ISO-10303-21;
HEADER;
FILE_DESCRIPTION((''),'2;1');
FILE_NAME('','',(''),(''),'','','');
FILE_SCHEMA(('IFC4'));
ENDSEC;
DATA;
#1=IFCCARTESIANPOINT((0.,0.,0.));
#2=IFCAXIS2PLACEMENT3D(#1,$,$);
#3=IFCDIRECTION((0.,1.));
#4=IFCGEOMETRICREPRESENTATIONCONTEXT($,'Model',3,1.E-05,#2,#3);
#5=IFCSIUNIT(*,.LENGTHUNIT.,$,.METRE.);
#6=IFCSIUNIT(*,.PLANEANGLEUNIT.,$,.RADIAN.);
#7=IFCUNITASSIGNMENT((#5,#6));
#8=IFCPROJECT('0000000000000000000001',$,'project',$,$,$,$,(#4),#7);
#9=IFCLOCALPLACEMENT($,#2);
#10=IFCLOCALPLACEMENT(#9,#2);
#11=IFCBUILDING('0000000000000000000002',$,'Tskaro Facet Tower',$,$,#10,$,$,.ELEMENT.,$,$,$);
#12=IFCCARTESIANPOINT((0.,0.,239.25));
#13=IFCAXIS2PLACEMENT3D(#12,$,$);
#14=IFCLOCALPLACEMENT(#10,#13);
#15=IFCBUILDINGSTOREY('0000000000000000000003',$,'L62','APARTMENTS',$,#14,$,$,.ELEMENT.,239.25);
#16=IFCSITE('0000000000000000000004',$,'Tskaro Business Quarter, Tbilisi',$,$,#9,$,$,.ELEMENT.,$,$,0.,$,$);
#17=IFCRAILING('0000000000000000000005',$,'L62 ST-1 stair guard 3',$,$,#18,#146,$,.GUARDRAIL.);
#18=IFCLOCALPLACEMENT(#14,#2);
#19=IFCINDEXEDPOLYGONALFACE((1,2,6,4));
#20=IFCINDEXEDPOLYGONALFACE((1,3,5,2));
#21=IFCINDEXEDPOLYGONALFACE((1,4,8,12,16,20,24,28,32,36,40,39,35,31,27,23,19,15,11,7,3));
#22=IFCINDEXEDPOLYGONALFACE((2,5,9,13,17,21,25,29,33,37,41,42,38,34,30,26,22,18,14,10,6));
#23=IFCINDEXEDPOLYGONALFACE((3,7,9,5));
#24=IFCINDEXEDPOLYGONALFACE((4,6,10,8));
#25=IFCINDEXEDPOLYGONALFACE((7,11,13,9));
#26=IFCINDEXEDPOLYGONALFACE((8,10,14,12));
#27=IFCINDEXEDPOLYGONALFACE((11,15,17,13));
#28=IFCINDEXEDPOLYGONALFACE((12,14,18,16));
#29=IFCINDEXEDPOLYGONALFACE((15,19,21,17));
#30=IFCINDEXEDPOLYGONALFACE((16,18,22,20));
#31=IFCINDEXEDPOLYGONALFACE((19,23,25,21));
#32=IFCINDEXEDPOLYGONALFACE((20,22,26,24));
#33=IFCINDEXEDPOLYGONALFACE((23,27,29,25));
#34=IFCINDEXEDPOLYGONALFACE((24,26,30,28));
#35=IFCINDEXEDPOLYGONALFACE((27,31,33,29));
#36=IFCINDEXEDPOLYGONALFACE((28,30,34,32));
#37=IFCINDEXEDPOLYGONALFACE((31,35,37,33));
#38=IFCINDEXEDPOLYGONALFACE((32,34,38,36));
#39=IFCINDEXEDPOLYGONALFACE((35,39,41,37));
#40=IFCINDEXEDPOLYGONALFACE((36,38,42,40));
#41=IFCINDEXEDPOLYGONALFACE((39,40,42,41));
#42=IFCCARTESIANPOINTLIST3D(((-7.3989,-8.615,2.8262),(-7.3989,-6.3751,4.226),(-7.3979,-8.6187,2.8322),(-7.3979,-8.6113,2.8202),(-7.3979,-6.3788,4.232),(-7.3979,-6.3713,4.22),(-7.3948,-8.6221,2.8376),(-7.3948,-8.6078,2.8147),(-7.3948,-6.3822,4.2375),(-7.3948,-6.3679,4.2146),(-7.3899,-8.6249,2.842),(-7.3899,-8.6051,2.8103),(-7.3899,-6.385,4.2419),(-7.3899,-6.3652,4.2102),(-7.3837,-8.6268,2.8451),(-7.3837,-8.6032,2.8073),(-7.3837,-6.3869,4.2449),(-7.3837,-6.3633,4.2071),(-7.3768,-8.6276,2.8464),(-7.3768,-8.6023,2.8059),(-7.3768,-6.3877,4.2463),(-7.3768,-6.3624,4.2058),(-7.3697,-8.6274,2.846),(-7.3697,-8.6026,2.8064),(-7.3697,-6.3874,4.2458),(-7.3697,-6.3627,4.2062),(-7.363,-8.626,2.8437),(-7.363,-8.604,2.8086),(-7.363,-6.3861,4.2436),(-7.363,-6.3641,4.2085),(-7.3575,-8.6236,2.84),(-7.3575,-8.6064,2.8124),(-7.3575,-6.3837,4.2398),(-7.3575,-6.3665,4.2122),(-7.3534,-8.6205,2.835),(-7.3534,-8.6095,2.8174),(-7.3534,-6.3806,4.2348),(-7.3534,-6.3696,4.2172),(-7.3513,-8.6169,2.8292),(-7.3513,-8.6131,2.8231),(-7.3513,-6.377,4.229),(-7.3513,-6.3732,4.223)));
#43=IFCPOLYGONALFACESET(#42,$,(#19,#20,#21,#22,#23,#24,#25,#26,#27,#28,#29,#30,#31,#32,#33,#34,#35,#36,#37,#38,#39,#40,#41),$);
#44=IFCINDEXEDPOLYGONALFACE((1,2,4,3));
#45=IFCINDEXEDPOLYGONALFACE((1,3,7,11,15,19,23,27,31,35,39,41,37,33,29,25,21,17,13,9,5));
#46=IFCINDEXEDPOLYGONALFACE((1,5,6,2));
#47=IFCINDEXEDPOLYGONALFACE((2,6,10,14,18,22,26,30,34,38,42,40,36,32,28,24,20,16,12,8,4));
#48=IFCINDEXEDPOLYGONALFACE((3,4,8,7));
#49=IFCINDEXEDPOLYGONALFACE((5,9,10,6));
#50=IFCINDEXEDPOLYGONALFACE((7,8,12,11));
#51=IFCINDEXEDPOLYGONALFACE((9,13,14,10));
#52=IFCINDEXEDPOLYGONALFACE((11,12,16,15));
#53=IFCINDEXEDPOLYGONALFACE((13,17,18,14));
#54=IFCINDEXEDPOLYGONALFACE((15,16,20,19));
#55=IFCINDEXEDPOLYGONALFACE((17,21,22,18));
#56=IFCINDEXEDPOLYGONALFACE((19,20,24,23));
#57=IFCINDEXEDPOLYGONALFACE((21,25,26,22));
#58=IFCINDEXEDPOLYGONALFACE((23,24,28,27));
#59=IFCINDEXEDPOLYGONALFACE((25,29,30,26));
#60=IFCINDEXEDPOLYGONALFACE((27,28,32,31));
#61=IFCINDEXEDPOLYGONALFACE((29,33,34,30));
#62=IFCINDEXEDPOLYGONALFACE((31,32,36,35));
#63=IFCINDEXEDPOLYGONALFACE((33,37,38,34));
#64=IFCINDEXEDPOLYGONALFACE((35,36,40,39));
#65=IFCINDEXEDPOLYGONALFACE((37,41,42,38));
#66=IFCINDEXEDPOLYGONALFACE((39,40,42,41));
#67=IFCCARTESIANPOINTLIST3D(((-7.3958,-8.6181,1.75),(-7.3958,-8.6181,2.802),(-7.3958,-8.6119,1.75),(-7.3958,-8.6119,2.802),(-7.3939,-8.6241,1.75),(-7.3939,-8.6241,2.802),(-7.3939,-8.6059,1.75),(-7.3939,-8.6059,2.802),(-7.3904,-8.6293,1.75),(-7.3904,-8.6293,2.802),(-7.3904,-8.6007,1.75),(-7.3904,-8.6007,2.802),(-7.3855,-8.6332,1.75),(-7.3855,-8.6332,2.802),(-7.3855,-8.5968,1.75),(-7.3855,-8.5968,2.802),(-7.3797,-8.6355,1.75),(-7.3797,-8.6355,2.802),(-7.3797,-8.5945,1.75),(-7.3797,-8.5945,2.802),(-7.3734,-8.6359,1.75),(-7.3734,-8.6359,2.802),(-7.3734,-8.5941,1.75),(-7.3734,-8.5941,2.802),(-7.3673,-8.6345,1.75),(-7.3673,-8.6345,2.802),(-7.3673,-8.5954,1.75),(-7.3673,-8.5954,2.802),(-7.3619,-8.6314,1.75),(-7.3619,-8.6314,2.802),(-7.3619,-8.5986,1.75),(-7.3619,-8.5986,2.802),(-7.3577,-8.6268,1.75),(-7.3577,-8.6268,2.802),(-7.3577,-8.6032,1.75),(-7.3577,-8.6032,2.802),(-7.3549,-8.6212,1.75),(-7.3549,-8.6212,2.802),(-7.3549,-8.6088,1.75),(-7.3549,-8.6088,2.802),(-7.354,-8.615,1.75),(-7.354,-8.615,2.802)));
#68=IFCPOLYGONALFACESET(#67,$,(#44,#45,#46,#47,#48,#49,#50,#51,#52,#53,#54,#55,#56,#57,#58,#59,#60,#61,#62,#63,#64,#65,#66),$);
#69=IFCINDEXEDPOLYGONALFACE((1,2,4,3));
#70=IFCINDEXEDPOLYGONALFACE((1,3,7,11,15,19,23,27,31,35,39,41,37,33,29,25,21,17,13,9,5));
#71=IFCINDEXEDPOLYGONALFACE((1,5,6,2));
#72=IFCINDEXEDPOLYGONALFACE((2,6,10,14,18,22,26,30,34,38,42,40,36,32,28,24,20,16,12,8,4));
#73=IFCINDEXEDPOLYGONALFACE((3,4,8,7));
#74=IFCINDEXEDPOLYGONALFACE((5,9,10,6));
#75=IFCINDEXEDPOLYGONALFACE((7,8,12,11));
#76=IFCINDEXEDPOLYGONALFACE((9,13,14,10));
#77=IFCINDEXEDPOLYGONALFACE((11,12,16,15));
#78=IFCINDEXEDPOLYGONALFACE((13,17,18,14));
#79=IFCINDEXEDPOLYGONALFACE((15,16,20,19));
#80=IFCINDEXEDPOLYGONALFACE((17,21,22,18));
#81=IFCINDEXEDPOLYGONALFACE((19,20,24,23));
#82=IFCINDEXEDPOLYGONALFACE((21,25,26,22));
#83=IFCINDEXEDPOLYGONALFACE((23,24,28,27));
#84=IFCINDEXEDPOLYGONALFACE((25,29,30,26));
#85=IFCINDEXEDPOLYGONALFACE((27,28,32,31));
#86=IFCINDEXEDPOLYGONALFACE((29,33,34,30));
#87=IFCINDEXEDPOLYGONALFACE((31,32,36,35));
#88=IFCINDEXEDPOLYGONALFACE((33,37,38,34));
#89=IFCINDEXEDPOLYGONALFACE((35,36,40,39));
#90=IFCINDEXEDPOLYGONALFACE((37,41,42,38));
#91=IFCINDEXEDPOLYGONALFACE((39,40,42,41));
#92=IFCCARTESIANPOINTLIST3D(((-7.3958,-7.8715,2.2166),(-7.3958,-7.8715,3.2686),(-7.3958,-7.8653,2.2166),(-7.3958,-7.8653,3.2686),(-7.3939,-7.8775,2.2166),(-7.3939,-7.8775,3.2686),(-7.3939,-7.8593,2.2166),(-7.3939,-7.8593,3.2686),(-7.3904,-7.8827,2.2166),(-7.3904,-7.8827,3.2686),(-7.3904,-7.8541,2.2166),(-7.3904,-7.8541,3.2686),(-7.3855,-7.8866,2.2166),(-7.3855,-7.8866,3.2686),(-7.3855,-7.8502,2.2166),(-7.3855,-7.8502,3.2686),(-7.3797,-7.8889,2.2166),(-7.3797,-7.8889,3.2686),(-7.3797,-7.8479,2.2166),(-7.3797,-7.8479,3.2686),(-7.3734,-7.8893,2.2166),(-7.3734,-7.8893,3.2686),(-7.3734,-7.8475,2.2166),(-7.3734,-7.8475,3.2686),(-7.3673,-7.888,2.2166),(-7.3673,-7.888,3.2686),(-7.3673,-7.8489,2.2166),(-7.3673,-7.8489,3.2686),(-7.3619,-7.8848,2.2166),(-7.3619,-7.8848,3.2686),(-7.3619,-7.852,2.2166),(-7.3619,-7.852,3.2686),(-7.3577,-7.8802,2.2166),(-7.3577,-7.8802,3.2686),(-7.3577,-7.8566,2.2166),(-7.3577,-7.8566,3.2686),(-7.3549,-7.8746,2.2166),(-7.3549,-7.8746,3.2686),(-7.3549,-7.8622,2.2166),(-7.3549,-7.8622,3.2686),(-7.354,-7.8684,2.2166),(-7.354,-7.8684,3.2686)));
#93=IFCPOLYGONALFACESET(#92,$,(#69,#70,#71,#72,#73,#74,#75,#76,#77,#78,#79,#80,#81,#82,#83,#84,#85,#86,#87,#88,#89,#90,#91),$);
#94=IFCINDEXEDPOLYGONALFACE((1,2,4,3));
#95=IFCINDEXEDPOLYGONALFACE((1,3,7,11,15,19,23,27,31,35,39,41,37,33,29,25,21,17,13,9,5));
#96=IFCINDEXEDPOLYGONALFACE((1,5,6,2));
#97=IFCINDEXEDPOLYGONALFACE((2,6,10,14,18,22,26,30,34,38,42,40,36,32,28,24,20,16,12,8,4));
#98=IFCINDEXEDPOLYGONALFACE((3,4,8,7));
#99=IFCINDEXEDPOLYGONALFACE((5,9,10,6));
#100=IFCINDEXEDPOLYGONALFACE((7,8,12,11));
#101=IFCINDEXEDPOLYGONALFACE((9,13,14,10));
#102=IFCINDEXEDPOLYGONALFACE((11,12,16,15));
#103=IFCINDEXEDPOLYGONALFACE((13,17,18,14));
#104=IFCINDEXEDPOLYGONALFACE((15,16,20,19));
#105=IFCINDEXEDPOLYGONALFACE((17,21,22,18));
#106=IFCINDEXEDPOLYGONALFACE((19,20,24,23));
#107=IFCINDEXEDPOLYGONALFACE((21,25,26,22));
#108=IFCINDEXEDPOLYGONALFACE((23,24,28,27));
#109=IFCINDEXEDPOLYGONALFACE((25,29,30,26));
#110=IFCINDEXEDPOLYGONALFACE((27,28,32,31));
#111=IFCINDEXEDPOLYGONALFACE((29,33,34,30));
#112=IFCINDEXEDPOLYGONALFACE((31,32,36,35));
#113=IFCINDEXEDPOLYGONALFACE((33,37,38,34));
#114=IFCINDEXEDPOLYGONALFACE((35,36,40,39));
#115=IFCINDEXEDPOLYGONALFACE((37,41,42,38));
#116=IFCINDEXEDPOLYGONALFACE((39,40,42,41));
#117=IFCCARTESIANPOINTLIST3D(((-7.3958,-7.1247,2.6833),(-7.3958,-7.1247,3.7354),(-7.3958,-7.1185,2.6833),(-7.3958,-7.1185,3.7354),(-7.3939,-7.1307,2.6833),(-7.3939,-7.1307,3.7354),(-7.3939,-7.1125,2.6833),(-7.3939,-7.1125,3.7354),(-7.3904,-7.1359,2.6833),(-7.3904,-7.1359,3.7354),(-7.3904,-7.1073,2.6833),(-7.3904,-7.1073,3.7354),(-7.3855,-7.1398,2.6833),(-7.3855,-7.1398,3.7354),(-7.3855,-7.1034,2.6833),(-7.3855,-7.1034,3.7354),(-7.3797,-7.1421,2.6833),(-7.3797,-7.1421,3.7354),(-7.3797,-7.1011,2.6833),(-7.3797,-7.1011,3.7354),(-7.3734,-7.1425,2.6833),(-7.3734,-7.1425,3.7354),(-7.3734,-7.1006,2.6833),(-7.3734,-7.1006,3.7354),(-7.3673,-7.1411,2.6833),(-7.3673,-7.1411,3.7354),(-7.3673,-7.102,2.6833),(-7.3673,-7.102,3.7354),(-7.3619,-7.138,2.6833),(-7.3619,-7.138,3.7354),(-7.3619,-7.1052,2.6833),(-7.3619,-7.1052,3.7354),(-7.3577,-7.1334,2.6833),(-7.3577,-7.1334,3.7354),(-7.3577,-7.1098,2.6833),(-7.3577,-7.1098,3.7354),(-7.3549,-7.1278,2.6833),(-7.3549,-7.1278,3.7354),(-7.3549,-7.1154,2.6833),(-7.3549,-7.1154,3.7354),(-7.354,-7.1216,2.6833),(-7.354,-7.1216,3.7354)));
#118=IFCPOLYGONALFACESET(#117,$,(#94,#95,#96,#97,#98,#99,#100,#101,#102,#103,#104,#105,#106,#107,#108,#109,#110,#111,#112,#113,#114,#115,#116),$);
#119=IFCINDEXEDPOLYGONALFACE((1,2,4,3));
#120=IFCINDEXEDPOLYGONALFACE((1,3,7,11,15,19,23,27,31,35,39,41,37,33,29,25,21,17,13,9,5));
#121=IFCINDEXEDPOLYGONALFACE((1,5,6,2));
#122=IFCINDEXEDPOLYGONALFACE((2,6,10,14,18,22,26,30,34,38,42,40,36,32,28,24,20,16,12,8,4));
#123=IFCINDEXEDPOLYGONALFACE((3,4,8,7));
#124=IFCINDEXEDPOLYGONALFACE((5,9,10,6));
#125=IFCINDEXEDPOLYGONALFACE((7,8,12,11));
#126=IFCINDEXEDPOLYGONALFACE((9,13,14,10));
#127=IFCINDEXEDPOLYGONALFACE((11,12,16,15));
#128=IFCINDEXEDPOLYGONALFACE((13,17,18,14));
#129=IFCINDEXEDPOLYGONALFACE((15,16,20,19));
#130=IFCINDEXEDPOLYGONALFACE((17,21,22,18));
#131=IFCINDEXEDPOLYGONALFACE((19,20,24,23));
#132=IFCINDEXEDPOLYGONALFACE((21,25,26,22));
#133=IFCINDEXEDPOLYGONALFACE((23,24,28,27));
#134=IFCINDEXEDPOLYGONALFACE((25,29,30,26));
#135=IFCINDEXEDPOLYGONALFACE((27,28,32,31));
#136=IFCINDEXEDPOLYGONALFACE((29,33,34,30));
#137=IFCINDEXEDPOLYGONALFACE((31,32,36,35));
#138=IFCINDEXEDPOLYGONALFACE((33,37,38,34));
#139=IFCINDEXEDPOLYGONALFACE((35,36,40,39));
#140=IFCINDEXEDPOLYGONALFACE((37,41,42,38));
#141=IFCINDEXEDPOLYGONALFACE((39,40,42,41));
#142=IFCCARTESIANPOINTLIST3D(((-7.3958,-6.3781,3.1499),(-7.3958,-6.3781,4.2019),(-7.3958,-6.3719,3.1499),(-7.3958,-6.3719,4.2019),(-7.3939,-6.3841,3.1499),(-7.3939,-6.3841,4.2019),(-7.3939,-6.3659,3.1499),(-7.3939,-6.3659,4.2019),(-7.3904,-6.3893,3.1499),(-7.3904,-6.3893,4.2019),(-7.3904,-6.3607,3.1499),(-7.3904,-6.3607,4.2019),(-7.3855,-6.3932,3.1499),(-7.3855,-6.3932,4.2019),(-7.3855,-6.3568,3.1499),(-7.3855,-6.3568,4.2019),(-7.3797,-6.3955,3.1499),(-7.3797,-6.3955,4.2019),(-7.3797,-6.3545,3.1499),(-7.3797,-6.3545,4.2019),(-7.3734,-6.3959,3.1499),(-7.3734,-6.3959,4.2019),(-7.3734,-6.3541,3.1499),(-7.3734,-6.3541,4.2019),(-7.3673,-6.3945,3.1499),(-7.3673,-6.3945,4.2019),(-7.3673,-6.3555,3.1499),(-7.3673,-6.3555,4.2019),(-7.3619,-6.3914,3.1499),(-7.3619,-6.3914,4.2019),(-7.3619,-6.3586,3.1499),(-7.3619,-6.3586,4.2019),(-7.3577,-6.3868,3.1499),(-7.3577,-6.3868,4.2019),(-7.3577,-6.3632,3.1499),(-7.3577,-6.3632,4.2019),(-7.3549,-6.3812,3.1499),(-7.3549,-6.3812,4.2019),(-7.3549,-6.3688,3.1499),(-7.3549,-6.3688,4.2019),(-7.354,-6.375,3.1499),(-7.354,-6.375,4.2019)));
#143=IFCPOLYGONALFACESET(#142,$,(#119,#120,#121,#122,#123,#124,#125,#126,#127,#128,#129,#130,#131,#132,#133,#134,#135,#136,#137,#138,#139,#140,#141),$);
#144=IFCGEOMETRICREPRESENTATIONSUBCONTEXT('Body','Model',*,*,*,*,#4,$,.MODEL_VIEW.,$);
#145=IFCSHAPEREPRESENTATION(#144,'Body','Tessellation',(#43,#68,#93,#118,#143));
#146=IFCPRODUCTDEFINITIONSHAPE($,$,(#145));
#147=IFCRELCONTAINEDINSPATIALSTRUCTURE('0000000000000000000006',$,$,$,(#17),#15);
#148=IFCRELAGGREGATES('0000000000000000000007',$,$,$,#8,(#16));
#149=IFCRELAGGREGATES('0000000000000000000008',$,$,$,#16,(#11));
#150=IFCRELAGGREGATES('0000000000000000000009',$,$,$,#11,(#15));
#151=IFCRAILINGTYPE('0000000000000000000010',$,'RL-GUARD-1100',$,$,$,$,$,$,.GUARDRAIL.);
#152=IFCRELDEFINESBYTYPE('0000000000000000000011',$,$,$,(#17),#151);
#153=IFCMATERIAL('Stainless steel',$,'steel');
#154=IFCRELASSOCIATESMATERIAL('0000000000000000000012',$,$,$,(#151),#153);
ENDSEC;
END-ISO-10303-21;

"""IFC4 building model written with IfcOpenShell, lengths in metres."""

from ifc_helpers import new_model, si_unit, direction, frame, origin, origin_2d, place, context, subcontext, project, spatial, circle, extrude, material, type_object, element, save


model = new_model("IFC4")

# Units and contexts
model_context = context("Model", 3, precision=1e-05, world=origin(), true_north=direction((0.0, 1.0)))
body_context = subcontext(model_context, "Body", "Model", "MODEL_VIEW")
ifc_project = project(units=[si_unit("LENGTHUNIT", "METRE"), si_unit("PLANEANGLEUNIT", "RADIAN")], contexts=[model_context])

# Site, building, storey
site_placement = place(None, origin())
site = spatial("IfcSite", under=ifc_project, at=site_placement, Name="Tskaro Business Quarter, Tbilisi", CompositionType="ELEMENT", RefElevation=0.0)
building_placement = place(site_placement, origin())
building = spatial("IfcBuilding", under=site, at=building_placement, Name="Tskaro Facet Tower", CompositionType="ELEMENT")
storey_placement = place(building_placement, frame((0.0, 0.0, 239.25)))
storey = spatial("IfcBuildingStorey", under=building, at=storey_placement, Name="L62", Description="APARTMENTS", CompositionType="ELEMENT", Elevation=239.25)

# Shared definitions
ifc_material_1 = material(Name="Stainless steel", Category="steel")

# Railing
railing_type_1 = type_object("IfcRailingType", Name="RL-GUARD-1100", PredefinedType="GUARDRAIL", material=ifc_material_1)
railing_1_placement = place(storey_placement, frame((-7.375, -8.615, 1.75)))
element("IfcRailing", 1, at=railing_1_placement, inside=storey, type_object=railing_type_1, Name="L62 ST-1 stair guard 3", PredefinedType="GUARDRAIL", context=body_context, shape_type="SweptSolid", body=[
    extrude(circle(Radius=0.0239, at=origin_2d()), frame((0.0, 0.0, 1.0762), z_axis=(0.0, 0.848014, 0.529974), x_axis=(-1.0, 0.0, 0.0)), (0.0, 0.0, 1.0), 2.6414),
    extrude(circle(Radius=0.021, at=origin_2d()), origin(), (0.0, 0.0, 1.0), 1.052),
    extrude(circle(Radius=0.021, at=origin_2d()), frame((0.0, 0.7466, 0.4666)), (0.0, 0.0, 1.0), 1.052),
    extrude(circle(Radius=0.021, at=origin_2d()), frame((0.0, 1.4934, 0.9333)), (0.0, 0.0, 1.0), 1.052),
    extrude(circle(Radius=0.021, at=origin_2d()), frame((0.0, 2.24, 1.3999)), (0.0, 0.0, 1.0), 1.052),
])

save(model, "model.ifc")
